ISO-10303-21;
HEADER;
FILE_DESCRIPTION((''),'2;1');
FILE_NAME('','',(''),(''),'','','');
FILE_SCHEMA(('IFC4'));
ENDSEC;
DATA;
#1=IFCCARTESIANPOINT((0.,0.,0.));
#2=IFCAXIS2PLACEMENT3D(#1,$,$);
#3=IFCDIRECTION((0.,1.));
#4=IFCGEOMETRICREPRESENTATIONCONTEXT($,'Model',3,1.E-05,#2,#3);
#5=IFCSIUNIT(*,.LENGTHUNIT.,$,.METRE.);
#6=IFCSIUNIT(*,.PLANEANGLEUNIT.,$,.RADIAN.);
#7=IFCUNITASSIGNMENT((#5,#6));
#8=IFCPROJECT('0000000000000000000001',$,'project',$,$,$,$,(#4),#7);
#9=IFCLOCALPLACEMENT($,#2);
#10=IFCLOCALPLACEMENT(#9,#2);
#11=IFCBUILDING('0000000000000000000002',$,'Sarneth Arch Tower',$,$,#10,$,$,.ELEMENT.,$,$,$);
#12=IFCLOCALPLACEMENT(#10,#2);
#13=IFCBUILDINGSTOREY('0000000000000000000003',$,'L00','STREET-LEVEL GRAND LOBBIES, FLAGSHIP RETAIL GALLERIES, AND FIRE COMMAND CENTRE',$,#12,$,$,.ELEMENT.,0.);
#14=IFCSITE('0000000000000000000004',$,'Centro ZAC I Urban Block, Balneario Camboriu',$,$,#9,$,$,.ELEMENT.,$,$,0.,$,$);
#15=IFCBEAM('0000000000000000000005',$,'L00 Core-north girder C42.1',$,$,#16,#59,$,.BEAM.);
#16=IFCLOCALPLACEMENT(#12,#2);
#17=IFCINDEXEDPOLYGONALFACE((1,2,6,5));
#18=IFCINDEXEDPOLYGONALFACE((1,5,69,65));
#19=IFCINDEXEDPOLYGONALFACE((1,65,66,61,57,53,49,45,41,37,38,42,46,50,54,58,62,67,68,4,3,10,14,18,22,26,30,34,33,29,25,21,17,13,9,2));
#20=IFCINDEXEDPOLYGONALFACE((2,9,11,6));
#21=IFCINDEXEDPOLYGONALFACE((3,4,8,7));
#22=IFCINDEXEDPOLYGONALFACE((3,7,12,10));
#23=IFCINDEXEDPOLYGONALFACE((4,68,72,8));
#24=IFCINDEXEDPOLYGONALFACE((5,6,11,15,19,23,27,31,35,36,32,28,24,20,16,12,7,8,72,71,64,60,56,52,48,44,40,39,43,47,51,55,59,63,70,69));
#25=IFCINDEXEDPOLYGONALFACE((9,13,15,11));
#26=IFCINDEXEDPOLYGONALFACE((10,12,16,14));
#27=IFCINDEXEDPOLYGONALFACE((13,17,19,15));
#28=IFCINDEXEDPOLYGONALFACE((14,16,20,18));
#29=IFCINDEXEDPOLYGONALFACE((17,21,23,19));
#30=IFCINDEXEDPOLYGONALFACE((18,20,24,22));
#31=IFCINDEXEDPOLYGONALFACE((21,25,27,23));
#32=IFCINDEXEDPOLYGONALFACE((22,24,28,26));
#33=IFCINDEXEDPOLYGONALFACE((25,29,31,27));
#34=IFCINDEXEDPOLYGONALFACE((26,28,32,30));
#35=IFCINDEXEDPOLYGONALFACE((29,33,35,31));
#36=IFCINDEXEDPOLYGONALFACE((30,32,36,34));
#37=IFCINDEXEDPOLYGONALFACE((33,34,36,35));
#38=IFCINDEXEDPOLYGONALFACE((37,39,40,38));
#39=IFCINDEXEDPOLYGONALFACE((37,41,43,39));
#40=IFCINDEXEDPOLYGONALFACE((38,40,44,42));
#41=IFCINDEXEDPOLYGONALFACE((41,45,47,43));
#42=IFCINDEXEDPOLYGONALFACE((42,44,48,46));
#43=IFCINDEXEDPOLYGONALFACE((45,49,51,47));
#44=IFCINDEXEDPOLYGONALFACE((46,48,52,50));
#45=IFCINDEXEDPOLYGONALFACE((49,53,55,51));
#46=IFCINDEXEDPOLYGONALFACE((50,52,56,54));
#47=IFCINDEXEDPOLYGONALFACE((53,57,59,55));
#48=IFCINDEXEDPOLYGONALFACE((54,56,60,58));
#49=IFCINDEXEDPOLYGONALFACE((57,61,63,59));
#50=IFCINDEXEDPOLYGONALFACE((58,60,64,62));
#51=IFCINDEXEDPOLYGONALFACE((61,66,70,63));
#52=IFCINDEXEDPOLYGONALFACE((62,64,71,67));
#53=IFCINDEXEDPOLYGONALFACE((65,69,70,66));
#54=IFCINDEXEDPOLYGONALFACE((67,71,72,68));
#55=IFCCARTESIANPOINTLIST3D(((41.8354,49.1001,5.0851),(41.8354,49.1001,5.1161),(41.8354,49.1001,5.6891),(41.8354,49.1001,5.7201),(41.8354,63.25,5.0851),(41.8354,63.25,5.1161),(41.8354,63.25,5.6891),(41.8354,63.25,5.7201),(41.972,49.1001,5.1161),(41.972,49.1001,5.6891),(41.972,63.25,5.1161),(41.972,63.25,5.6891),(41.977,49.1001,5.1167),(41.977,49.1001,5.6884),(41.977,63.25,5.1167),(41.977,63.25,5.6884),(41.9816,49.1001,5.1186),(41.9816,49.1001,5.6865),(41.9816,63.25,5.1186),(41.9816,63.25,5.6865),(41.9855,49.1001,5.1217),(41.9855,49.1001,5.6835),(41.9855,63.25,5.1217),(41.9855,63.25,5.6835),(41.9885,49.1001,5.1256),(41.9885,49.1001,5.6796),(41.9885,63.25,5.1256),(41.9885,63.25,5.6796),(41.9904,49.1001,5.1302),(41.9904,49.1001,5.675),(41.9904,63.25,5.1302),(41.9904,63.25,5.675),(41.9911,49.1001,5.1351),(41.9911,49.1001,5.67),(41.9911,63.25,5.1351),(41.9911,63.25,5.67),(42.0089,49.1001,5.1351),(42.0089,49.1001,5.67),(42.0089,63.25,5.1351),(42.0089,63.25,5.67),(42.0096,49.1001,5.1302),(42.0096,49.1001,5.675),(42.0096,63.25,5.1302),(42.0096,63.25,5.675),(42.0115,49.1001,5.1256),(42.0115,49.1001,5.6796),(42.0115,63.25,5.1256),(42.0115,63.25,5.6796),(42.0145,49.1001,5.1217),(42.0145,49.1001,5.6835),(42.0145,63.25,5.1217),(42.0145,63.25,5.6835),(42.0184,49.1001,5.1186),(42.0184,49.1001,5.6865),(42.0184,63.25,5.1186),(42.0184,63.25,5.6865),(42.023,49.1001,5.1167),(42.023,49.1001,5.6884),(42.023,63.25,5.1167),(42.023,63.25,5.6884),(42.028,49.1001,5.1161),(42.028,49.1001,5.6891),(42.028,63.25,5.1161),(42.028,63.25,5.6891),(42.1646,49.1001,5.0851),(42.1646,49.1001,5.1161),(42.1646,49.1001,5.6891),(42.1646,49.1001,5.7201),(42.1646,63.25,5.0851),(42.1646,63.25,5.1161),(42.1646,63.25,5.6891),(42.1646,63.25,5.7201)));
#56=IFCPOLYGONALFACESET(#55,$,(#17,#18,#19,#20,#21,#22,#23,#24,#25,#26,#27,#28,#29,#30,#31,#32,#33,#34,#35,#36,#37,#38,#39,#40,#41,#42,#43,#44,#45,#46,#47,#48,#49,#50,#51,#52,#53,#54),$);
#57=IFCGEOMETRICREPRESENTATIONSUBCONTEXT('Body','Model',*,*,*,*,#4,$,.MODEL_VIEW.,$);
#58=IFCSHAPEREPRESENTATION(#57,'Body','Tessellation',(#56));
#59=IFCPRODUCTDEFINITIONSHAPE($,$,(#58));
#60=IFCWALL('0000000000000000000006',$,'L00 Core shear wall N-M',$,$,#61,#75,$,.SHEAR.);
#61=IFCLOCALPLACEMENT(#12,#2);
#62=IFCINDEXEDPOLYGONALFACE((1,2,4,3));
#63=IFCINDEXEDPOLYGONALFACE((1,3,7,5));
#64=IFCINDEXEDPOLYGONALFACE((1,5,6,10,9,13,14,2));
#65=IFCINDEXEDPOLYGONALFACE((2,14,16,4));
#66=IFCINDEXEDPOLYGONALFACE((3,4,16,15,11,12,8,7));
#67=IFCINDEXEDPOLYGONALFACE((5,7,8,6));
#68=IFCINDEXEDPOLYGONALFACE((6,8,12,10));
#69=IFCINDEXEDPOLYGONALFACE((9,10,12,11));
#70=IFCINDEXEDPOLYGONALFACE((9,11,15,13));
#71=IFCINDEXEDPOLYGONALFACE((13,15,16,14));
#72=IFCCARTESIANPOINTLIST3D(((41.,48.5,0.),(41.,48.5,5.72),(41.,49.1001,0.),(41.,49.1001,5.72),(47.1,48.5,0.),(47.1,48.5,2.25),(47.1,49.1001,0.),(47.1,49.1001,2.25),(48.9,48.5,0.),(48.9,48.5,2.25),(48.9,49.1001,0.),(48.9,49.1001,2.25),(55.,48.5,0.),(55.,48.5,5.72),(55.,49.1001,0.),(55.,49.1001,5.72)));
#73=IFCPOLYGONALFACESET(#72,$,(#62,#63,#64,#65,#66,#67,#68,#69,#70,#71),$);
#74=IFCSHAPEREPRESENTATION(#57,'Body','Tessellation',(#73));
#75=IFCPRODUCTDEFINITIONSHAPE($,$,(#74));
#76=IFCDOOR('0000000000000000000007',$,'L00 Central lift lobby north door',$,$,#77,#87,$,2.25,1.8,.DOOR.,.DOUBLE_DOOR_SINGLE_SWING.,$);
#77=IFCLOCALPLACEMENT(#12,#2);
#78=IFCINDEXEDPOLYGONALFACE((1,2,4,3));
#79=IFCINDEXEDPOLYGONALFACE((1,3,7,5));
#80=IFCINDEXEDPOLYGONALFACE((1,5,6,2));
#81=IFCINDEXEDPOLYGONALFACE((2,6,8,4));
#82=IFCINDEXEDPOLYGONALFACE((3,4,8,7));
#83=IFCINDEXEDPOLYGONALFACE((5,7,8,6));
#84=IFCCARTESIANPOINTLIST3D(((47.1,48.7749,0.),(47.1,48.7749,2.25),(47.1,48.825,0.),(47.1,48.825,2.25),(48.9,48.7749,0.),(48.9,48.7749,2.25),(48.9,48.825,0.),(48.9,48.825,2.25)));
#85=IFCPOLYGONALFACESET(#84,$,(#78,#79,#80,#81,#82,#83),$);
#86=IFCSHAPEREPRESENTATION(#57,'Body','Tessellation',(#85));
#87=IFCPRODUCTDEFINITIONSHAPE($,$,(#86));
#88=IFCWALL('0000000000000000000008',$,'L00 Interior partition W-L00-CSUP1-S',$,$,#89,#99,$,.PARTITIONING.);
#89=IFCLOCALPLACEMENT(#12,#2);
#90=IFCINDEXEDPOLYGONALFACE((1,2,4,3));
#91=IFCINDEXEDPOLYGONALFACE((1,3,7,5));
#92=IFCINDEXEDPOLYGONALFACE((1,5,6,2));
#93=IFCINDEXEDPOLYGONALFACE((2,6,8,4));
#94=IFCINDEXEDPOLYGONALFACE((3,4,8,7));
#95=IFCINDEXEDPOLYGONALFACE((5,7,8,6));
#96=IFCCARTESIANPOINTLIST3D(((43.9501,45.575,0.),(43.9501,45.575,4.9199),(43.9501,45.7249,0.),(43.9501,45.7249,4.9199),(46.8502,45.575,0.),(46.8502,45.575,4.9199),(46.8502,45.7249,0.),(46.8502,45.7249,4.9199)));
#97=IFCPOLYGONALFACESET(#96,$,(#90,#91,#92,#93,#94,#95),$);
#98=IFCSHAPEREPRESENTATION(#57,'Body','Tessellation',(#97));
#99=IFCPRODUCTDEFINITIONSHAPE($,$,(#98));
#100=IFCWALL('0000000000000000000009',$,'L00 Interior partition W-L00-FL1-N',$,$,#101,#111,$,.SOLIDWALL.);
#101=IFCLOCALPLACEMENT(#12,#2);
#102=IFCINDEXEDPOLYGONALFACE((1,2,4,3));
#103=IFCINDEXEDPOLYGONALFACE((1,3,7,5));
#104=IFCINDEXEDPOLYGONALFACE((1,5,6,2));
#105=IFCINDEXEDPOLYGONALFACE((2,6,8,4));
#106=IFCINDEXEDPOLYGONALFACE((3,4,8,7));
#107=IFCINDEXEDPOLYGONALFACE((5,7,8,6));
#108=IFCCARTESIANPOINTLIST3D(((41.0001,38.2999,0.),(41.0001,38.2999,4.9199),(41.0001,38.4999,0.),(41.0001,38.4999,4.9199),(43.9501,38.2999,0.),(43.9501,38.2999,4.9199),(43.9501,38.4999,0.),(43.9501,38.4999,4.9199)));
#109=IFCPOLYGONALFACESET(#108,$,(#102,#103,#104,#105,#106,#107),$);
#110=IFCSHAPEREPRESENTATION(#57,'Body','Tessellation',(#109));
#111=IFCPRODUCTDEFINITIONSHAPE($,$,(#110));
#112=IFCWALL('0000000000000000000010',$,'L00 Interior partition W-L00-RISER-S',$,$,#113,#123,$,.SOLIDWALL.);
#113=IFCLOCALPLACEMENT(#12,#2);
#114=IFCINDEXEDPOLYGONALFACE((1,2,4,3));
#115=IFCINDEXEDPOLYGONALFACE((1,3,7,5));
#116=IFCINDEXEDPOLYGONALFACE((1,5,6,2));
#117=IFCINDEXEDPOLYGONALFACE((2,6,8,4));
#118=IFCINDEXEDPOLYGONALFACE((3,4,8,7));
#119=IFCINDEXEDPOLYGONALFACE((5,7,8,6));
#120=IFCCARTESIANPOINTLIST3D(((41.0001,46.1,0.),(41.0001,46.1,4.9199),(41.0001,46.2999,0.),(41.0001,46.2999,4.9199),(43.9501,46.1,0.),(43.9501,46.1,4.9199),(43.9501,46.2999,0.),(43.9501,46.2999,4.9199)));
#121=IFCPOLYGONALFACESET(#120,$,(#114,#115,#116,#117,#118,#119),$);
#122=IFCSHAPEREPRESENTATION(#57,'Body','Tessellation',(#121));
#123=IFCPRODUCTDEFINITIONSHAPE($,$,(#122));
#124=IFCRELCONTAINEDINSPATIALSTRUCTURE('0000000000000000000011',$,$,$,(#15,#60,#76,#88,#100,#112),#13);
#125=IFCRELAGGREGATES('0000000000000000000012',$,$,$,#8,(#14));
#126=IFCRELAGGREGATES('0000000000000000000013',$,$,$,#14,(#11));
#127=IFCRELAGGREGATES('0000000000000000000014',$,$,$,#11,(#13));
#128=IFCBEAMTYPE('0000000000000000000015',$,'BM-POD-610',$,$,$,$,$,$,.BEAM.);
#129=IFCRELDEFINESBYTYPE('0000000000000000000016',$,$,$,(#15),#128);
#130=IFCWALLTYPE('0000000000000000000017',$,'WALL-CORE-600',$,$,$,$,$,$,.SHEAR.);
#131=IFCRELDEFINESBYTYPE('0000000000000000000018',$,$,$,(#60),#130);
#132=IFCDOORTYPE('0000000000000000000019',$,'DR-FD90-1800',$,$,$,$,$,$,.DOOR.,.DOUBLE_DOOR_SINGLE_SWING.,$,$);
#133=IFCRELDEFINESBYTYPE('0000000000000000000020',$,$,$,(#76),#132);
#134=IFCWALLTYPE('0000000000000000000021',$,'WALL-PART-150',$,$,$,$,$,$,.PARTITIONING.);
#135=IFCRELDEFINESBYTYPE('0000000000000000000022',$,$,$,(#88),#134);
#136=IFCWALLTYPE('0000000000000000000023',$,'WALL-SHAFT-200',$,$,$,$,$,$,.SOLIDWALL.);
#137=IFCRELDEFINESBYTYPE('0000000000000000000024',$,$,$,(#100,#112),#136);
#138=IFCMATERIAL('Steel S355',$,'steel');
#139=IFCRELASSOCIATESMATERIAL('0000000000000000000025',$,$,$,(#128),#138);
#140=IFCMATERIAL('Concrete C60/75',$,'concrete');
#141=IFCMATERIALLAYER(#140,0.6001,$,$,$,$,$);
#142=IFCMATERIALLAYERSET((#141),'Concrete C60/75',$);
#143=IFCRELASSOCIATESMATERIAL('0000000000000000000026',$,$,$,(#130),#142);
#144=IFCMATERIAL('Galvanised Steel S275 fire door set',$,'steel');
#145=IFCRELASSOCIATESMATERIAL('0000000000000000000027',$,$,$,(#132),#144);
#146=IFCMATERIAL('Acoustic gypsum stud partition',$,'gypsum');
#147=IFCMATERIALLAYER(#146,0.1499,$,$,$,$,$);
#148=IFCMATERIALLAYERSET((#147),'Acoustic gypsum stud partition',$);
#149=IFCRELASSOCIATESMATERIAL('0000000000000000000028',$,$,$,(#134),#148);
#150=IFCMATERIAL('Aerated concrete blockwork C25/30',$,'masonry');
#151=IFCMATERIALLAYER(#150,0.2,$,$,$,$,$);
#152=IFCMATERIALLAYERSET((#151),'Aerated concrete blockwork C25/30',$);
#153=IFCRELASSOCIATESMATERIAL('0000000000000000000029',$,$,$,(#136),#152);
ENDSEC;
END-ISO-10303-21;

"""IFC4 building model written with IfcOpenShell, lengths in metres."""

from ifc_helpers import new_model, si_unit, direction, frame, frame_2d, origin, origin_2d, place, context, subcontext, project, spatial, rectangle, i_section, extrude, material, layer, layer_set, material_profile, profile_set, type_object, element, fill, save


model = new_model("IFC4")

# Units and contexts
model_context = context("Model", 3, precision=1e-05, world=origin(), true_north=direction((0.0, 1.0)))
body_context = subcontext(model_context, "Body", "Model", "MODEL_VIEW")
ifc_project = project(units=[si_unit("LENGTHUNIT", "METRE"), si_unit("PLANEANGLEUNIT", "RADIAN")], contexts=[model_context])

# Site, building, storey
site_placement = place(None, origin())
site = spatial("IfcSite", under=ifc_project, at=site_placement, Name="Centro ZAC I Urban Block, Balneario Camboriu", CompositionType="ELEMENT", RefElevation=0.0)
building_placement = place(site_placement, origin())
building = spatial("IfcBuilding", under=site, at=building_placement, Name="Sarneth Arch Tower", CompositionType="ELEMENT")
storey_placement = place(building_placement, origin())
storey = spatial("IfcBuildingStorey", under=building, at=storey_placement, Name="L00", Description="STREET-LEVEL GRAND LOBBIES, FLAGSHIP RETAIL GALLERIES, AND FIRE COMMAND CENTRE", CompositionType="ELEMENT", Elevation=0.0)

# Beam
ifc_material_1 = material(Name="Steel S355", Category="steel")
ifc_material_profile = material_profile(ifc_material_1, i_section(OverallWidth=0.3291, OverallDepth=0.635, WebThickness=0.0178, FlangeThickness=0.031, FilletRadius=0.019, at=origin_2d()), Name="W610x241")
ifc_profile_set = profile_set([ifc_material_profile], Name="Steel S355")
beam_type = type_object("IfcBeamType", Name="BM-POD-610", PredefinedType="BEAM", material=ifc_profile_set)
beam_placement = place(storey_placement, frame((42.0, 49.1001, 5.4026), z_axis=(0.0, 1.0, 0.0), x_axis=(-1.0, 0.0, 0.0)))
element("IfcBeam", 1, at=beam_placement, inside=storey, type_object=beam_type, Name="L00 Core-north girder C42.1", PredefinedType="BEAM", context=body_context, shape_type="SweptSolid", body=[
    extrude(i_section(OverallWidth=0.3291, OverallDepth=0.635, WebThickness=0.0178, FlangeThickness=0.031, FilletRadius=0.019, at=origin_2d()), origin(), (0.0, 0.0, 1.0), 14.1499),
])

# Wall, opening, door
ifc_material_2 = material(Name="Concrete C60/75", Category="concrete")
ifc_layer_1 = layer(ifc_material_2, 0.6001)
ifc_layer_set_1 = layer_set([ifc_layer_1], Name="Concrete C60/75")
wall_type_1 = type_object("IfcWallType", Name="WALL-CORE-600", PredefinedType="SHEAR", material=ifc_layer_set_1)
wall_1_placement = place(storey_placement, frame((41.0, 48.8, 0.0), z_axis=(0.0, 0.0, 1.0), x_axis=(1.0, 0.0, 0.0)))
wall_1 = element("IfcWall", 2, at=wall_1_placement, inside=storey, type_object=wall_type_1, Name="L00 Core shear wall N-M", PredefinedType="SHEAR", context=body_context, shape_type="SweptSolid", body=[
    extrude(rectangle(XDim=14.0, YDim=0.6001, at=frame_2d((7.0, 0.0))), origin(), (0.0, 0.0, 1.0), 5.72),
])
opening_1_placement = place(wall_1_placement, frame((6.1001, 0.0, 0.0)))
opening_1 = element("IfcOpeningElement", 3, at=opening_1_placement, cuts=wall_1, PredefinedType="OPENING", context=body_context, shape_type="SweptSolid", body=[
    extrude(rectangle(XDim=1.8, YDim=2.25, at=frame_2d((0.8999, 1.125))), frame((0.0, 0.3101, 0.0), z_axis=(0.0, -1.0, 0.0), x_axis=(1.0, 0.0, 0.0)), (0.0, 0.0, 1.0), 0.6201),
])
ifc_material_3 = material(Name="Galvanised Steel S275 fire door set", Category="steel")
door_type_1 = type_object("IfcDoorType", Name="DR-FD90-1800", OperationType="DOUBLE_DOOR_SINGLE_SWING", PredefinedType="DOOR", material=ifc_material_3)
door_1_placement = place(opening_1_placement, origin())
door_1 = element("IfcDoor", 4, at=door_1_placement, inside=storey, type_object=door_type_1, Name="L00 Central lift lobby north door", OperationType="DOUBLE_DOOR_SINGLE_SWING", OverallHeight=2.25, OverallWidth=1.8, PredefinedType="DOOR", context=body_context, shape_type="SweptSolid", body=[
    extrude(rectangle(XDim=1.8, YDim=2.25, at=frame_2d((0.8999, 1.125))), frame((0.0, 0.0249, 0.0), z_axis=(0.0, -1.0, 0.0), x_axis=(1.0, 0.0, 0.0)), (0.0, 0.0, 1.0), 0.05),
])
fill(opening_1, door_1)

# Walls
ifc_material_4 = material(Name="Acoustic gypsum stud partition", Category="gypsum")
ifc_layer_2 = layer(ifc_material_4, 0.1499)
ifc_layer_set_2 = layer_set([ifc_layer_2], Name="Acoustic gypsum stud partition")
wall_type_2 = type_object("IfcWallType", Name="WALL-PART-150", PredefinedType="PARTITIONING", material=ifc_layer_set_2)
wall_2_placement = place(storey_placement, frame((43.95, 45.6499, 0.0), z_axis=(0.0, 0.0, 1.0), x_axis=(1.0, 0.0, 0.0)))
element("IfcWall", 5, at=wall_2_placement, inside=storey, type_object=wall_type_2, Name="L00 Interior partition W-L00-CSUP1-S", PredefinedType="PARTITIONING", context=body_context, shape_type="SweptSolid", body=[
    extrude(rectangle(XDim=2.9001, YDim=0.1499, at=frame_2d((1.4502, 0.0))), origin(), (0.0, 0.0, 1.0), 4.9199),
])
ifc_material_5 = material(Name="Aerated concrete blockwork C25/30", Category="masonry")
ifc_layer_3 = layer(ifc_material_5, 0.2)
ifc_layer_set_3 = layer_set([ifc_layer_3], Name="Aerated concrete blockwork C25/30")
wall_type_3 = type_object("IfcWallType", Name="WALL-SHAFT-200", PredefinedType="SOLIDWALL", material=ifc_layer_set_3)
for number, where, z_axis, x_axis, name in (
    (6, (41.0, 38.3999, 0.0), (0.0, 0.0, 1.0), (1.0, 0.0, 0.0), "L00 Interior partition W-L00-FL1-N"),
    (7, (41.0, 46.2, 0.0), (0.0, 0.0, 1.0), (1.0, 0.0, 0.0), "L00 Interior partition W-L00-RISER-S"),
):
    element("IfcWall", number, at=place(storey_placement, frame(where, z_axis=z_axis, x_axis=x_axis)), inside=storey, type_object=wall_type_3, Name=name, PredefinedType="SOLIDWALL", context=body_context, shape_type="SweptSolid", body=[
        extrude(rectangle(XDim=2.95, YDim=0.2, at=frame_2d((1.4751, 0.0))), origin(), (0.0, 0.0, 1.0), 4.9199),
    ])

save(model, "model.ifc")
